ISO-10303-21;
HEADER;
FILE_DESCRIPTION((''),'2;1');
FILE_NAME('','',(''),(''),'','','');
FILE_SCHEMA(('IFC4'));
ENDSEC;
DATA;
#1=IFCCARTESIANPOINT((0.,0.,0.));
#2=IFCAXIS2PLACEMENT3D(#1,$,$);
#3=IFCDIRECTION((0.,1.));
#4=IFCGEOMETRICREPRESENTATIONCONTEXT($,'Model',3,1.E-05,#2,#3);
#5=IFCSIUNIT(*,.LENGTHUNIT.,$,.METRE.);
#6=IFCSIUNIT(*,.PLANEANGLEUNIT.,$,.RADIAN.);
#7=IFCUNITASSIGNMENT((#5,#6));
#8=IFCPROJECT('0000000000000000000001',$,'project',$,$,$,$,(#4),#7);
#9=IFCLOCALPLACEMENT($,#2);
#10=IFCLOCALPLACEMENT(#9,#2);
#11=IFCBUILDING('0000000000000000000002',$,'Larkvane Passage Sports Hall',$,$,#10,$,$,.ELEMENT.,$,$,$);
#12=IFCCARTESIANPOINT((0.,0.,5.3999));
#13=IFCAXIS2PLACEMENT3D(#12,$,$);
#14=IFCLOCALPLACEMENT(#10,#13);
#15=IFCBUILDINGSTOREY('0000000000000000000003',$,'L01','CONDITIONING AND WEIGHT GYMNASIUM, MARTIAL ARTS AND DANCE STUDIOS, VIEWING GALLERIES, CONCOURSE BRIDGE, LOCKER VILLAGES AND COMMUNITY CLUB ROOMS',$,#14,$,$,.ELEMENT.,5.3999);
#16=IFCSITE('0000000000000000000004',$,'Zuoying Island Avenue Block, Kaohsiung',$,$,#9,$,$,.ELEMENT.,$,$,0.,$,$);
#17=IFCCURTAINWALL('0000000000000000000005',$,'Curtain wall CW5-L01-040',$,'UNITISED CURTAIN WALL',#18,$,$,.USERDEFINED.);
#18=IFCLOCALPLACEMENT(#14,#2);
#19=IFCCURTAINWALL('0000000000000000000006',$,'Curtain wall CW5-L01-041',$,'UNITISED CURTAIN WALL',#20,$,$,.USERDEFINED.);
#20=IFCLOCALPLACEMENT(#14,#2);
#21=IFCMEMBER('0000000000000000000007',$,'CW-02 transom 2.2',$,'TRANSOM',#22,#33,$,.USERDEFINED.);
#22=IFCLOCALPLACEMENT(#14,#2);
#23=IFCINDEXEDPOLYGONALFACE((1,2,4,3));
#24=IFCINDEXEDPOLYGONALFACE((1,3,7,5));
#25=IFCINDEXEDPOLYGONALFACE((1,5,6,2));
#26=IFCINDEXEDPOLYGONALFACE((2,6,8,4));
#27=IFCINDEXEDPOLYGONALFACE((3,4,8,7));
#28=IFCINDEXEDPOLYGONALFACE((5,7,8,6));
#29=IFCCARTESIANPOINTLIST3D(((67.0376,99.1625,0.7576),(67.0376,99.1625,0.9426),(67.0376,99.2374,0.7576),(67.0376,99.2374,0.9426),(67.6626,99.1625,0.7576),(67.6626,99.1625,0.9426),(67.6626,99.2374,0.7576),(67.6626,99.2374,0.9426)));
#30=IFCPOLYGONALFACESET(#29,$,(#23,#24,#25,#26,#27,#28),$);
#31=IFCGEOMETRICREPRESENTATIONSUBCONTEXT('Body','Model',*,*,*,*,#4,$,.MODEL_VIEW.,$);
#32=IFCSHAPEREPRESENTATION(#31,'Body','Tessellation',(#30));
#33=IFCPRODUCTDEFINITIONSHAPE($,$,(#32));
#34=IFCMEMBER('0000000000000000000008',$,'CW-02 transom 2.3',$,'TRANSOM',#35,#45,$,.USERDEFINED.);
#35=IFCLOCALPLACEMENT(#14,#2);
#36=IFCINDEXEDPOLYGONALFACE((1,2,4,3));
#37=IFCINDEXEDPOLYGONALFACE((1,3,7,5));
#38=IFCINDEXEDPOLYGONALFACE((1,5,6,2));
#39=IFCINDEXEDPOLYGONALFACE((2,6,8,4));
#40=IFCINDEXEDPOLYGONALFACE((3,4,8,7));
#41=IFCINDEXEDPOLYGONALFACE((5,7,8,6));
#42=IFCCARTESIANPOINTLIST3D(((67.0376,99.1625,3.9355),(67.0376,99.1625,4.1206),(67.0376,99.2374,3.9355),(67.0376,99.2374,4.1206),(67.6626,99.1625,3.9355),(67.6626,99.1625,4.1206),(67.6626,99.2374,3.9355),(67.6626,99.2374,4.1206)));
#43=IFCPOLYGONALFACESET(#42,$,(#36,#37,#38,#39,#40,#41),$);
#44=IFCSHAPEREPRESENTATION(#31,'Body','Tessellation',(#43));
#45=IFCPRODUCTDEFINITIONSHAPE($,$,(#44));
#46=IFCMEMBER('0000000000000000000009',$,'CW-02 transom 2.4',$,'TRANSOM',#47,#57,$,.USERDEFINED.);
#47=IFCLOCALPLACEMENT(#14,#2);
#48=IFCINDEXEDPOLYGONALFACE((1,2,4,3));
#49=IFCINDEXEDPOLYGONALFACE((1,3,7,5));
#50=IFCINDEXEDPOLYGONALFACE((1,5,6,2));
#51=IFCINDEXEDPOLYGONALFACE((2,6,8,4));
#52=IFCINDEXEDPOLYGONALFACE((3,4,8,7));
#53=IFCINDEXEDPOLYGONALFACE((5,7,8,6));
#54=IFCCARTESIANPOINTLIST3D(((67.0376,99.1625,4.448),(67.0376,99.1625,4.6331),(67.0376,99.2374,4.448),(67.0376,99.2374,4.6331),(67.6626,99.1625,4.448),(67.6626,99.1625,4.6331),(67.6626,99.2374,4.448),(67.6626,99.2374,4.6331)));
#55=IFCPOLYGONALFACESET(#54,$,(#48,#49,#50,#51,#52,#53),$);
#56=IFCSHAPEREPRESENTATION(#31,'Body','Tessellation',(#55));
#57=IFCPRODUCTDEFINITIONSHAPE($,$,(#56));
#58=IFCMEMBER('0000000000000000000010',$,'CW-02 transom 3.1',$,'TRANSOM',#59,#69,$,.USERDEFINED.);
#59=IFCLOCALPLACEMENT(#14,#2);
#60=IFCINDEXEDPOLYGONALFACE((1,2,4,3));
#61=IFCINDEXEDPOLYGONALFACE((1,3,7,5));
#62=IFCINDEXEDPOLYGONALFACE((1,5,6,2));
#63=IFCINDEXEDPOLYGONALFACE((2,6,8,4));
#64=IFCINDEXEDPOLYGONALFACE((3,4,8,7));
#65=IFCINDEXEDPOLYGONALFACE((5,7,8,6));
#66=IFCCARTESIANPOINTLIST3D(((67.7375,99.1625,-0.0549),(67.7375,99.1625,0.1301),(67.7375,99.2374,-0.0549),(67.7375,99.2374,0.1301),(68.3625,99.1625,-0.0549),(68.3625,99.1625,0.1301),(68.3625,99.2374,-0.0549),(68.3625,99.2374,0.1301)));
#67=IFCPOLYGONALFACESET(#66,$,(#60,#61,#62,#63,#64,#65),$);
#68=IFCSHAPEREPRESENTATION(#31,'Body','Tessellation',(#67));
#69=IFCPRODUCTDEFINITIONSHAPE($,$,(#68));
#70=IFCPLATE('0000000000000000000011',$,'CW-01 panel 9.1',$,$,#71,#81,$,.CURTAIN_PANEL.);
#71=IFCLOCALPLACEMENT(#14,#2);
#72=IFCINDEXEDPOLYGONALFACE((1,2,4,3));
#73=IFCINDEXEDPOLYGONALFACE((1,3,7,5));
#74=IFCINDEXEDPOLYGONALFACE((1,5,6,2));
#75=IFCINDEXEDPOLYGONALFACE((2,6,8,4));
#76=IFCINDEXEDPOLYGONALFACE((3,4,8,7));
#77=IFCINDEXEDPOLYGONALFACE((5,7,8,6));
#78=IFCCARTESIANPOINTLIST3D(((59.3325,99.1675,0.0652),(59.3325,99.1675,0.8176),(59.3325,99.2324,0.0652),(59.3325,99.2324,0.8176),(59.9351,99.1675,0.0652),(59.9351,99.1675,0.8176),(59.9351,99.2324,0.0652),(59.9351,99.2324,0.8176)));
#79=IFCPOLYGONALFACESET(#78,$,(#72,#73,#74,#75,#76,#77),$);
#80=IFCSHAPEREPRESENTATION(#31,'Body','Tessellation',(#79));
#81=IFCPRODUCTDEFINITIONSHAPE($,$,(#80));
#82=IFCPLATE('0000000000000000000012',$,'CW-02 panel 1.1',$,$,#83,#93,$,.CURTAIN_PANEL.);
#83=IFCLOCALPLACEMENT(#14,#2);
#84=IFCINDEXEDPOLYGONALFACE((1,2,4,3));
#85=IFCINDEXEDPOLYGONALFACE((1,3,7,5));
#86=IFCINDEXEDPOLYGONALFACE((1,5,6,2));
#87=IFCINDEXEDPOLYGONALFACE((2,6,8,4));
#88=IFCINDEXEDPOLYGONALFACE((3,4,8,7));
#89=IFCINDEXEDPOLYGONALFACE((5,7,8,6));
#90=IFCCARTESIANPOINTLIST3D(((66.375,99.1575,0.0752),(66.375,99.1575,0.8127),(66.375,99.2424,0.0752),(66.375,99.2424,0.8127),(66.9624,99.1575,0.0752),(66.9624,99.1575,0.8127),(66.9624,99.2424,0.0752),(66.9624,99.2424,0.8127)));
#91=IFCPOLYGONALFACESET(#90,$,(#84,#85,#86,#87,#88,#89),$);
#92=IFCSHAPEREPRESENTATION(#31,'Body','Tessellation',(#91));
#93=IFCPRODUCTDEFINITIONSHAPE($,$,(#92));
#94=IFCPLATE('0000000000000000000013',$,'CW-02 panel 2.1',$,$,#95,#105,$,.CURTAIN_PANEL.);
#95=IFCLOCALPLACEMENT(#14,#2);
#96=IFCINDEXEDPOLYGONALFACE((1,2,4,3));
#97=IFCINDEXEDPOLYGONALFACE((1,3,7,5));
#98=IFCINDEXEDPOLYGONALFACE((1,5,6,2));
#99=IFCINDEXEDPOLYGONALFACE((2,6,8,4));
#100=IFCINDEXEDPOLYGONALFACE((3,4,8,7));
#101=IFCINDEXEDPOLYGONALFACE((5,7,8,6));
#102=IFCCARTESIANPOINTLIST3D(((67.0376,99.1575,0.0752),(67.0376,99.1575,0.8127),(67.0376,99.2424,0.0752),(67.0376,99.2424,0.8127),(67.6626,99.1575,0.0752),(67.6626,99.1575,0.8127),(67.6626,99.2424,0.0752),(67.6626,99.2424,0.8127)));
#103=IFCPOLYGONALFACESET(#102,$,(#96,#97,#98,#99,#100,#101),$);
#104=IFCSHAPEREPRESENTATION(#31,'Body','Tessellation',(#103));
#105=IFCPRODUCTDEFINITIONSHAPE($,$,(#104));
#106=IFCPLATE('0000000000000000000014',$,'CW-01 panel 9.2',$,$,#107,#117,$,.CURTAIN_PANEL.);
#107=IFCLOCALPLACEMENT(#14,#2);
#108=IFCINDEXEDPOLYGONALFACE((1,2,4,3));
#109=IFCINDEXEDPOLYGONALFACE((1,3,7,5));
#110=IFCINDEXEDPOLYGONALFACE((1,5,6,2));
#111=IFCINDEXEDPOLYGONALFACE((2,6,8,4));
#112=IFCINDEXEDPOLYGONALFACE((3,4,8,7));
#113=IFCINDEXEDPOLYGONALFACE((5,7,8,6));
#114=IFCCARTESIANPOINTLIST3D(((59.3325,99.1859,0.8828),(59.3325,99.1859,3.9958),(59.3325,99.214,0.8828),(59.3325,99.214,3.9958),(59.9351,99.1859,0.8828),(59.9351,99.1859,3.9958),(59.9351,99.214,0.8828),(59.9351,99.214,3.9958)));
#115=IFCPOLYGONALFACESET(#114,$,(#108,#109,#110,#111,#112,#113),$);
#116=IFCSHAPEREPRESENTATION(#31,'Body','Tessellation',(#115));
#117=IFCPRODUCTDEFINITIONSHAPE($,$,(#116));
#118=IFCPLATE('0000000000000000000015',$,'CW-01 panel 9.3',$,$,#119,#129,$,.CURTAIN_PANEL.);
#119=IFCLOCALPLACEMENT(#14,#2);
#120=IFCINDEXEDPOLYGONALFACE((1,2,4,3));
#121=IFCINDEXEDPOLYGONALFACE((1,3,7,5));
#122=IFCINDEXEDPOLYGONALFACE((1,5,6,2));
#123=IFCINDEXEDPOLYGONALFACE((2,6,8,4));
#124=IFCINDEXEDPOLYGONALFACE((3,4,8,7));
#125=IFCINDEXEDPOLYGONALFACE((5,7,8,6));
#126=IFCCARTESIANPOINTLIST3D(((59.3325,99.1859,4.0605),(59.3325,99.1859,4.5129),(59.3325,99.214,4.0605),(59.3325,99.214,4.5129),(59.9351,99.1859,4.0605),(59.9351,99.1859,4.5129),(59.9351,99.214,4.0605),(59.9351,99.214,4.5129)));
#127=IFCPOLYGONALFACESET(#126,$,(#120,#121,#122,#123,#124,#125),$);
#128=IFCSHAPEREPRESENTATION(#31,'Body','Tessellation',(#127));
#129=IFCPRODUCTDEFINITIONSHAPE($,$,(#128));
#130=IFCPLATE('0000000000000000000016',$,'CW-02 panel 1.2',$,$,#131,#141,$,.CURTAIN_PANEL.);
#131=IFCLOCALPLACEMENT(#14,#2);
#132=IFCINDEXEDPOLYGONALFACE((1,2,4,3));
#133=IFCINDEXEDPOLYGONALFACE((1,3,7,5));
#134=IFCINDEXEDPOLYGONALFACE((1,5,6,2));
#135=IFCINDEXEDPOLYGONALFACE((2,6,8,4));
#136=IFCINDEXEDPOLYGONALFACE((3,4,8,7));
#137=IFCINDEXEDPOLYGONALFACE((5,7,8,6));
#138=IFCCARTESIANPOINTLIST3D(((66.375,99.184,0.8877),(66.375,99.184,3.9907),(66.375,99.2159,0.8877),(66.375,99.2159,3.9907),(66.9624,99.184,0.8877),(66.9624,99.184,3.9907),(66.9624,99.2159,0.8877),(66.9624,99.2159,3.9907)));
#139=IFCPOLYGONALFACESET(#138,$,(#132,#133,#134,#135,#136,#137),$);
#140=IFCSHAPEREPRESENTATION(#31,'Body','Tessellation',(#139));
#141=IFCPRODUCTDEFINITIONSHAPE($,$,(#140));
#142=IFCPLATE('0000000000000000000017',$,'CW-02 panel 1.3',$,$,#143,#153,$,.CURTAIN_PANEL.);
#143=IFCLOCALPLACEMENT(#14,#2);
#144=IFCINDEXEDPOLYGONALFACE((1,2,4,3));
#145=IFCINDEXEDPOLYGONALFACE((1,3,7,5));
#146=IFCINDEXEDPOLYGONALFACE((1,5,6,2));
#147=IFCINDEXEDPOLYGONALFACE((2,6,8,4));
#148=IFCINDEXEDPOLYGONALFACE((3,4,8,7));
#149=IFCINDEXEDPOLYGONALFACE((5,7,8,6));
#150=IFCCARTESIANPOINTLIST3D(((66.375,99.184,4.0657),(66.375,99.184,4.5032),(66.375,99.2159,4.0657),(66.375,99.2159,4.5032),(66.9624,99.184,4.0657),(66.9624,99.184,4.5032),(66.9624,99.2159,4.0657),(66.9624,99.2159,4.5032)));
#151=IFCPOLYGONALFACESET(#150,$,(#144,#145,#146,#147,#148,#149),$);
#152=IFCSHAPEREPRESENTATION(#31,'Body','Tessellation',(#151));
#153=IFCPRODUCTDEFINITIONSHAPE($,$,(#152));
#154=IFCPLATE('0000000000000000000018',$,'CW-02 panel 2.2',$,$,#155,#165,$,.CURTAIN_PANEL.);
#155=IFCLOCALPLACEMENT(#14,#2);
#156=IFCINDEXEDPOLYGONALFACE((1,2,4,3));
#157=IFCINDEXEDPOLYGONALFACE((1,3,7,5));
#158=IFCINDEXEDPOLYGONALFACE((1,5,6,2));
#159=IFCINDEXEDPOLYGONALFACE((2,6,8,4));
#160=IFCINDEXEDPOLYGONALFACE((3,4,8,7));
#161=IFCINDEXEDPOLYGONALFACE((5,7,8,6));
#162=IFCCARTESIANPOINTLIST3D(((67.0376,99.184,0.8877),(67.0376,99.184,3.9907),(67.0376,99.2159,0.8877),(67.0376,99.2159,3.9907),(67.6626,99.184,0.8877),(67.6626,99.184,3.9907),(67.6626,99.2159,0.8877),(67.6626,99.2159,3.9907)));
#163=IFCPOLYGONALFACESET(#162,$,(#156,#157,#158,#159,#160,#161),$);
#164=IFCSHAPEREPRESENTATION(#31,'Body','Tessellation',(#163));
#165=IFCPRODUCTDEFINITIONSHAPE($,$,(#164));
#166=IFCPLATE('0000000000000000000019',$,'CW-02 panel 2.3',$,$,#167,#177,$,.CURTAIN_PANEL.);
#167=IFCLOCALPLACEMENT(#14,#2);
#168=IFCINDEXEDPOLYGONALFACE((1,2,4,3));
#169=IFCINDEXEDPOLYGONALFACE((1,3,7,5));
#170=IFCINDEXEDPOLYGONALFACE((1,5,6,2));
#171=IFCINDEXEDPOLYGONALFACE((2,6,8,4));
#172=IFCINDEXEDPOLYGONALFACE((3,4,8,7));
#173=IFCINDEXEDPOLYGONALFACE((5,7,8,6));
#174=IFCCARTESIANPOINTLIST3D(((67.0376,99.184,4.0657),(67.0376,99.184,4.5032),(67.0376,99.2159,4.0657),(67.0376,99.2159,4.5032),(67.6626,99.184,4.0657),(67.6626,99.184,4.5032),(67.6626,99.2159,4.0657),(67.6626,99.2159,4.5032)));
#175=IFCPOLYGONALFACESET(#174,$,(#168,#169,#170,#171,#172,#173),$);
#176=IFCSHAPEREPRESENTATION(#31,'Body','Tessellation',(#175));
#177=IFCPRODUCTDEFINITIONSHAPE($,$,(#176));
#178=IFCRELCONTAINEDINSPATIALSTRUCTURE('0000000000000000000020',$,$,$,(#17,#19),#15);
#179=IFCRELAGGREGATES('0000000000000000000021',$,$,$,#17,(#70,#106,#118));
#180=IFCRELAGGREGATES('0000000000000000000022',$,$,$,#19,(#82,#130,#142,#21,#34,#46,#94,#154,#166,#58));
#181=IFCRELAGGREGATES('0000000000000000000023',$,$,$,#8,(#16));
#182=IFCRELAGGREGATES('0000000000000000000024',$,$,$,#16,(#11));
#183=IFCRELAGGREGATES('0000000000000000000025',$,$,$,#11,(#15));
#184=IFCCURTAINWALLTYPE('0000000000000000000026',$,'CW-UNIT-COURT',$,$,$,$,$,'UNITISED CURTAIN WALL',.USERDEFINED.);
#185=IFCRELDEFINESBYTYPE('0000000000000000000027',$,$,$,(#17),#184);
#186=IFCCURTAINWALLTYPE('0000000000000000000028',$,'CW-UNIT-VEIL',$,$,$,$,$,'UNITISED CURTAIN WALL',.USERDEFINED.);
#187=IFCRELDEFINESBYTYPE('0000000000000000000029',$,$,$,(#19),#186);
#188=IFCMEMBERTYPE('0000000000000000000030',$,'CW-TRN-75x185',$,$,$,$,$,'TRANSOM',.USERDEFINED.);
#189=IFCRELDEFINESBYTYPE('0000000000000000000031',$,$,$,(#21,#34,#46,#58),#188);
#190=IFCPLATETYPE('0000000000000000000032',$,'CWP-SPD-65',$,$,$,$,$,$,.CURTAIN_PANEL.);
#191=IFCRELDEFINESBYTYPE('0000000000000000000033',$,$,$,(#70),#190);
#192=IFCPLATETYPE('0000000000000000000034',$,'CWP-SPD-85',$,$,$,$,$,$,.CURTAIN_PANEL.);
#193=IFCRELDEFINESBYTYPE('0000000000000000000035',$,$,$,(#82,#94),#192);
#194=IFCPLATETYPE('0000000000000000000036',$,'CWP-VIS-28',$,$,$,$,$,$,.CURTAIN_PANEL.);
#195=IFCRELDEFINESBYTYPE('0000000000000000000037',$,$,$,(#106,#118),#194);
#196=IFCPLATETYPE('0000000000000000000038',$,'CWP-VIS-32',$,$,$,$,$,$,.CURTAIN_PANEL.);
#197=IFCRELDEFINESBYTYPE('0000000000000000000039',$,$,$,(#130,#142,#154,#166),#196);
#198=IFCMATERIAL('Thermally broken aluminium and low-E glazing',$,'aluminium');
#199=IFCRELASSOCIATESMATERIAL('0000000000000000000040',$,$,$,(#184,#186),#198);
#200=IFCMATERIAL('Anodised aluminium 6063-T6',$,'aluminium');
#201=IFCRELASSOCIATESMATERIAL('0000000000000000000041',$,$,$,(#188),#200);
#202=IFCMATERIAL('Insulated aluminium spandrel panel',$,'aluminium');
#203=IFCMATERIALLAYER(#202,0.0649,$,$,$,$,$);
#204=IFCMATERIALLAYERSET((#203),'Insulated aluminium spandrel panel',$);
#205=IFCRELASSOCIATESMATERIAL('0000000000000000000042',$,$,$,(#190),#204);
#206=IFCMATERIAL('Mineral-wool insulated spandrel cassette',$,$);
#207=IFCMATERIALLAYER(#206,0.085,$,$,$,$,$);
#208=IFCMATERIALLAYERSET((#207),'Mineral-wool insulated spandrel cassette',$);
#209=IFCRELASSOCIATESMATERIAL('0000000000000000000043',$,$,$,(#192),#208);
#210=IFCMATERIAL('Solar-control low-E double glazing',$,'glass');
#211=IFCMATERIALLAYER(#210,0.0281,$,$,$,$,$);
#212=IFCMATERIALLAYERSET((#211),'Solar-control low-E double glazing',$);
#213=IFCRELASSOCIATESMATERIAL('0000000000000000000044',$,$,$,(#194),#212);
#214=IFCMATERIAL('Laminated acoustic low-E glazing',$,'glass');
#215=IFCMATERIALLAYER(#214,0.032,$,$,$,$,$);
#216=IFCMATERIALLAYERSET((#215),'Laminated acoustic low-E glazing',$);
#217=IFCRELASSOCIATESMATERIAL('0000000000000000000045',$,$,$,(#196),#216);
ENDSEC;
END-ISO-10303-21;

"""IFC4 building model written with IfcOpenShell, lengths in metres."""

from ifc_helpers import new_model, si_unit, direction, frame, origin, origin_2d, place, context, subcontext, project, spatial, rectangle, extrude, material, layer, layer_set, material_profile, profile_set, type_object, element, aggregate, save


model = new_model("IFC4")

# Units and contexts
model_context = context("Model", 3, precision=1e-05, world=origin(), true_north=direction((0.0, 1.0)))
body_context = subcontext(model_context, "Body", "Model", "MODEL_VIEW")
ifc_project = project(units=[si_unit("LENGTHUNIT", "METRE"), si_unit("PLANEANGLEUNIT", "RADIAN")], contexts=[model_context])

# Site, building, storey
site_placement = place(None, origin())
site = spatial("IfcSite", under=ifc_project, at=site_placement, Name="Zuoying Island Avenue Block, Kaohsiung", CompositionType="ELEMENT", RefElevation=0.0)
building_placement = place(site_placement, origin())
building = spatial("IfcBuilding", under=site, at=building_placement, Name="Larkvane Passage Sports Hall", CompositionType="ELEMENT")
storey_placement = place(building_placement, frame((0.0, 0.0, 5.3999)))
storey = spatial("IfcBuildingStorey", under=building, at=storey_placement, Name="L01", Description="CONDITIONING AND WEIGHT GYMNASIUM, MARTIAL ARTS AND DANCE STUDIOS, VIEWING GALLERIES, CONCOURSE BRIDGE, LOCKER VILLAGES AND COMMUNITY CLUB ROOMS", CompositionType="ELEMENT", Elevation=5.3999)

# Curtain walls
ifc_material_1 = material(Name="Thermally broken aluminium and low-E glazing", Category="aluminium")
curtain_wall_type_1 = type_object("IfcCurtainWallType", Name="CW-UNIT-COURT", ElementType="UNITISED CURTAIN WALL", PredefinedType="USERDEFINED", material=ifc_material_1)
curtain_wall_1_placement = place(storey_placement, origin())
curtain_wall_1 = element("IfcCurtainWall", 1, at=curtain_wall_1_placement, inside=storey, type_object=curtain_wall_type_1, Name="Curtain wall CW5-L01-040", ObjectType="UNITISED CURTAIN WALL", PredefinedType="USERDEFINED")
ifc_material_2 = material(Name="Anodised aluminium 6063-T6", Category="aluminium")
curtain_wall_type_2 = type_object("IfcCurtainWallType", Name="CW-UNIT-VEIL", ElementType="UNITISED CURTAIN WALL", PredefinedType="USERDEFINED", material=ifc_material_1)
curtain_wall_2_placement = place(storey_placement, origin())
curtain_wall_2 = element("IfcCurtainWall", 2, at=curtain_wall_2_placement, inside=storey, type_object=curtain_wall_type_2, Name="Curtain wall CW5-L01-041", ObjectType="UNITISED CURTAIN WALL", PredefinedType="USERDEFINED")

# Members
ifc_material_profile_1 = material_profile(ifc_material_2, rectangle(XDim=0.075, YDim=0.1851, at=origin_2d()), Name="ALU-TRN-75x185")
ifc_profile_set_1 = profile_set([ifc_material_profile_1], Name="Anodised aluminium 6063-T6")
member_type_1 = type_object("IfcMemberType", Name="CW-TRN-75x185", ElementType="TRANSOM", PredefinedType="USERDEFINED", material=ifc_profile_set_1)
member_1_placement = place(storey_placement, frame((67.0376, 99.2, 0.8501), z_axis=(1.0, 0.0, 0.0), x_axis=(0.0, 1.0, 0.0)))
member_1 = element("IfcMember", 3, at=member_1_placement, type_object=member_type_1, Name="CW-02 transom 2.2", ObjectType="TRANSOM", PredefinedType="USERDEFINED", context=body_context, shape_type="SweptSolid", body=[
    extrude(rectangle(XDim=0.075, YDim=0.1851, at=origin_2d()), origin(), (0.0, 0.0, 1.0), 0.625),
])
member_2_placement = place(storey_placement, frame((67.0376, 99.2, 4.0281), z_axis=(1.0, 0.0, 0.0), x_axis=(0.0, 1.0, 0.0)))
member_2 = element("IfcMember", 4, at=member_2_placement, type_object=member_type_1, Name="CW-02 transom 2.3", ObjectType="TRANSOM", PredefinedType="USERDEFINED", context=body_context, shape_type="SweptSolid", body=[
    extrude(rectangle(XDim=0.075, YDim=0.1851, at=origin_2d()), origin(), (0.0, 0.0, 1.0), 0.625),
])
member_3_placement = place(storey_placement, frame((67.0376, 99.2, 4.5405), z_axis=(1.0, 0.0, 0.0), x_axis=(0.0, 1.0, 0.0)))
member_3 = element("IfcMember", 5, at=member_3_placement, type_object=member_type_1, Name="CW-02 transom 2.4", ObjectType="TRANSOM", PredefinedType="USERDEFINED", context=body_context, shape_type="SweptSolid", body=[
    extrude(rectangle(XDim=0.075, YDim=0.1851, at=origin_2d()), origin(), (0.0, 0.0, 1.0), 0.625),
])
member_4_placement = place(storey_placement, frame((67.7375, 99.2, 0.0376), z_axis=(1.0, 0.0, 0.0), x_axis=(0.0, 1.0, 0.0)))
member_4 = element("IfcMember", 6, at=member_4_placement, type_object=member_type_1, Name="CW-02 transom 3.1", ObjectType="TRANSOM", PredefinedType="USERDEFINED", context=body_context, shape_type="SweptSolid", body=[
    extrude(rectangle(XDim=0.075, YDim=0.1851, at=origin_2d()), origin(), (0.0, 0.0, 1.0), 0.625),
])

# Plates
ifc_material_3 = material(Name="Insulated aluminium spandrel panel", Category="aluminium")
ifc_layer_1 = layer(ifc_material_3, 0.0649)
ifc_layer_set_1 = layer_set([ifc_layer_1], Name="Insulated aluminium spandrel panel")
plate_type_1 = type_object("IfcPlateType", Name="CWP-SPD-65", PredefinedType="CURTAIN_PANEL", material=ifc_layer_set_1)
plate_1_placement = place(storey_placement, frame((59.6338, 99.2, 0.0652), z_axis=(0.0, 0.0, 1.0), x_axis=(1.0, 0.0, 0.0)))
plate_1 = element("IfcPlate", 7, at=plate_1_placement, type_object=plate_type_1, Name="CW-01 panel 9.1", PredefinedType="CURTAIN_PANEL", context=body_context, shape_type="SweptSolid", body=[
    extrude(rectangle(XDim=0.6025, YDim=0.0649, at=origin_2d()), origin(), (0.0, 0.0, 1.0), 0.7524),
])
ifc_material_4 = material(Name="Mineral-wool insulated spandrel cassette")
ifc_layer_2 = layer(ifc_material_4, 0.085)
ifc_layer_set_2 = layer_set([ifc_layer_2], Name="Mineral-wool insulated spandrel cassette")
plate_type_2 = type_object("IfcPlateType", Name="CWP-SPD-85", PredefinedType="CURTAIN_PANEL", material=ifc_layer_set_2)
plate_2_placement = place(storey_placement, frame((66.6687, 99.2, 0.0752), z_axis=(0.0, 0.0, 1.0), x_axis=(1.0, 0.0, 0.0)))
plate_2 = element("IfcPlate", 8, at=plate_2_placement, type_object=plate_type_2, Name="CW-02 panel 1.1", PredefinedType="CURTAIN_PANEL", context=body_context, shape_type="SweptSolid", body=[
    extrude(rectangle(XDim=0.5874, YDim=0.085, at=origin_2d()), origin(), (0.0, 0.0, 1.0), 0.7375),
])
plate_3_placement = place(storey_placement, frame((67.3501, 99.2, 0.0752), z_axis=(0.0, 0.0, 1.0), x_axis=(1.0, 0.0, 0.0)))
plate_3 = element("IfcPlate", 9, at=plate_3_placement, type_object=plate_type_2, Name="CW-02 panel 2.1", PredefinedType="CURTAIN_PANEL", context=body_context, shape_type="SweptSolid", body=[
    extrude(rectangle(XDim=0.625, YDim=0.085, at=origin_2d()), origin(), (0.0, 0.0, 1.0), 0.7375),
])
ifc_material_5 = material(Name="Solar-control low-E double glazing", Category="glass")
ifc_layer_3 = layer(ifc_material_5, 0.0281)
ifc_layer_set_3 = layer_set([ifc_layer_3], Name="Solar-control low-E double glazing")
plate_type_3 = type_object("IfcPlateType", Name="CWP-VIS-28", PredefinedType="CURTAIN_PANEL", material=ifc_layer_set_3)
plate_4_placement = place(storey_placement, frame((59.6338, 99.2, 0.8828), z_axis=(0.0, 0.0, 1.0), x_axis=(1.0, 0.0, 0.0)))
plate_4 = element("IfcPlate", 10, at=plate_4_placement, type_object=plate_type_3, Name="CW-01 panel 9.2", PredefinedType="CURTAIN_PANEL", context=body_context, shape_type="SweptSolid", body=[
    extrude(rectangle(XDim=0.6025, YDim=0.0281, at=origin_2d()), origin(), (0.0, 0.0, 1.0), 3.113),
])
plate_5_placement = place(storey_placement, frame((59.6338, 99.2, 4.0605), z_axis=(0.0, 0.0, 1.0), x_axis=(1.0, 0.0, 0.0)))
plate_5 = element("IfcPlate", 11, at=plate_5_placement, type_object=plate_type_3, Name="CW-01 panel 9.3", PredefinedType="CURTAIN_PANEL", context=body_context, shape_type="SweptSolid", body=[
    extrude(rectangle(XDim=0.6025, YDim=0.0281, at=origin_2d()), origin(), (0.0, 0.0, 1.0), 0.4524),
])
aggregate(curtain_wall_1, [plate_1, plate_4, plate_5])
ifc_material_6 = material(Name="Laminated acoustic low-E glazing", Category="glass")
ifc_layer_4 = layer(ifc_material_6, 0.032)
ifc_layer_set_4 = layer_set([ifc_layer_4], Name="Laminated acoustic low-E glazing")
plate_type_4 = type_object("IfcPlateType", Name="CWP-VIS-32", PredefinedType="CURTAIN_PANEL", material=ifc_layer_set_4)
plate_6_placement = place(storey_placement, frame((66.6687, 99.2, 0.8877), z_axis=(0.0, 0.0, 1.0), x_axis=(1.0, 0.0, 0.0)))
plate_6 = element("IfcPlate", 12, at=plate_6_placement, type_object=plate_type_4, Name="CW-02 panel 1.2", PredefinedType="CURTAIN_PANEL", context=body_context, shape_type="SweptSolid", body=[
    extrude(rectangle(XDim=0.5874, YDim=0.032, at=origin_2d()), origin(), (0.0, 0.0, 1.0), 3.103),
])
plate_7_placement = place(storey_placement, frame((66.6687, 99.2, 4.0657), z_axis=(0.0, 0.0, 1.0), x_axis=(1.0, 0.0, 0.0)))
plate_7 = element("IfcPlate", 13, at=plate_7_placement, type_object=plate_type_4, Name="CW-02 panel 1.3", PredefinedType="CURTAIN_PANEL", context=body_context, shape_type="SweptSolid", body=[
    extrude(rectangle(XDim=0.5874, YDim=0.032, at=origin_2d()), origin(), (0.0, 0.0, 1.0), 0.4375),
])
plate_8_placement = place(storey_placement, frame((67.3501, 99.2, 0.8877), z_axis=(0.0, 0.0, 1.0), x_axis=(1.0, 0.0, 0.0)))
plate_8 = element("IfcPlate", 14, at=plate_8_placement, type_object=plate_type_4, Name="CW-02 panel 2.2", PredefinedType="CURTAIN_PANEL", context=body_context, shape_type="SweptSolid", body=[
    extrude(rectangle(XDim=0.625, YDim=0.032, at=origin_2d()), origin(), (0.0, 0.0, 1.0), 3.103),
])
plate_9_placement = place(storey_placement, frame((67.3501, 99.2, 4.0657), z_axis=(0.0, 0.0, 1.0), x_axis=(1.0, 0.0, 0.0)))
plate_9 = element("IfcPlate", 15, at=plate_9_placement, type_object=plate_type_4, Name="CW-02 panel 2.3", PredefinedType="CURTAIN_PANEL", context=body_context, shape_type="SweptSolid", body=[
    extrude(rectangle(XDim=0.625, YDim=0.032, at=origin_2d()), origin(), (0.0, 0.0, 1.0), 0.4375),
])
aggregate(curtain_wall_2, [plate_2, plate_6, plate_7, member_1, member_2, member_3, plate_3, plate_8, plate_9, member_4])

save(model, "model.ifc")
